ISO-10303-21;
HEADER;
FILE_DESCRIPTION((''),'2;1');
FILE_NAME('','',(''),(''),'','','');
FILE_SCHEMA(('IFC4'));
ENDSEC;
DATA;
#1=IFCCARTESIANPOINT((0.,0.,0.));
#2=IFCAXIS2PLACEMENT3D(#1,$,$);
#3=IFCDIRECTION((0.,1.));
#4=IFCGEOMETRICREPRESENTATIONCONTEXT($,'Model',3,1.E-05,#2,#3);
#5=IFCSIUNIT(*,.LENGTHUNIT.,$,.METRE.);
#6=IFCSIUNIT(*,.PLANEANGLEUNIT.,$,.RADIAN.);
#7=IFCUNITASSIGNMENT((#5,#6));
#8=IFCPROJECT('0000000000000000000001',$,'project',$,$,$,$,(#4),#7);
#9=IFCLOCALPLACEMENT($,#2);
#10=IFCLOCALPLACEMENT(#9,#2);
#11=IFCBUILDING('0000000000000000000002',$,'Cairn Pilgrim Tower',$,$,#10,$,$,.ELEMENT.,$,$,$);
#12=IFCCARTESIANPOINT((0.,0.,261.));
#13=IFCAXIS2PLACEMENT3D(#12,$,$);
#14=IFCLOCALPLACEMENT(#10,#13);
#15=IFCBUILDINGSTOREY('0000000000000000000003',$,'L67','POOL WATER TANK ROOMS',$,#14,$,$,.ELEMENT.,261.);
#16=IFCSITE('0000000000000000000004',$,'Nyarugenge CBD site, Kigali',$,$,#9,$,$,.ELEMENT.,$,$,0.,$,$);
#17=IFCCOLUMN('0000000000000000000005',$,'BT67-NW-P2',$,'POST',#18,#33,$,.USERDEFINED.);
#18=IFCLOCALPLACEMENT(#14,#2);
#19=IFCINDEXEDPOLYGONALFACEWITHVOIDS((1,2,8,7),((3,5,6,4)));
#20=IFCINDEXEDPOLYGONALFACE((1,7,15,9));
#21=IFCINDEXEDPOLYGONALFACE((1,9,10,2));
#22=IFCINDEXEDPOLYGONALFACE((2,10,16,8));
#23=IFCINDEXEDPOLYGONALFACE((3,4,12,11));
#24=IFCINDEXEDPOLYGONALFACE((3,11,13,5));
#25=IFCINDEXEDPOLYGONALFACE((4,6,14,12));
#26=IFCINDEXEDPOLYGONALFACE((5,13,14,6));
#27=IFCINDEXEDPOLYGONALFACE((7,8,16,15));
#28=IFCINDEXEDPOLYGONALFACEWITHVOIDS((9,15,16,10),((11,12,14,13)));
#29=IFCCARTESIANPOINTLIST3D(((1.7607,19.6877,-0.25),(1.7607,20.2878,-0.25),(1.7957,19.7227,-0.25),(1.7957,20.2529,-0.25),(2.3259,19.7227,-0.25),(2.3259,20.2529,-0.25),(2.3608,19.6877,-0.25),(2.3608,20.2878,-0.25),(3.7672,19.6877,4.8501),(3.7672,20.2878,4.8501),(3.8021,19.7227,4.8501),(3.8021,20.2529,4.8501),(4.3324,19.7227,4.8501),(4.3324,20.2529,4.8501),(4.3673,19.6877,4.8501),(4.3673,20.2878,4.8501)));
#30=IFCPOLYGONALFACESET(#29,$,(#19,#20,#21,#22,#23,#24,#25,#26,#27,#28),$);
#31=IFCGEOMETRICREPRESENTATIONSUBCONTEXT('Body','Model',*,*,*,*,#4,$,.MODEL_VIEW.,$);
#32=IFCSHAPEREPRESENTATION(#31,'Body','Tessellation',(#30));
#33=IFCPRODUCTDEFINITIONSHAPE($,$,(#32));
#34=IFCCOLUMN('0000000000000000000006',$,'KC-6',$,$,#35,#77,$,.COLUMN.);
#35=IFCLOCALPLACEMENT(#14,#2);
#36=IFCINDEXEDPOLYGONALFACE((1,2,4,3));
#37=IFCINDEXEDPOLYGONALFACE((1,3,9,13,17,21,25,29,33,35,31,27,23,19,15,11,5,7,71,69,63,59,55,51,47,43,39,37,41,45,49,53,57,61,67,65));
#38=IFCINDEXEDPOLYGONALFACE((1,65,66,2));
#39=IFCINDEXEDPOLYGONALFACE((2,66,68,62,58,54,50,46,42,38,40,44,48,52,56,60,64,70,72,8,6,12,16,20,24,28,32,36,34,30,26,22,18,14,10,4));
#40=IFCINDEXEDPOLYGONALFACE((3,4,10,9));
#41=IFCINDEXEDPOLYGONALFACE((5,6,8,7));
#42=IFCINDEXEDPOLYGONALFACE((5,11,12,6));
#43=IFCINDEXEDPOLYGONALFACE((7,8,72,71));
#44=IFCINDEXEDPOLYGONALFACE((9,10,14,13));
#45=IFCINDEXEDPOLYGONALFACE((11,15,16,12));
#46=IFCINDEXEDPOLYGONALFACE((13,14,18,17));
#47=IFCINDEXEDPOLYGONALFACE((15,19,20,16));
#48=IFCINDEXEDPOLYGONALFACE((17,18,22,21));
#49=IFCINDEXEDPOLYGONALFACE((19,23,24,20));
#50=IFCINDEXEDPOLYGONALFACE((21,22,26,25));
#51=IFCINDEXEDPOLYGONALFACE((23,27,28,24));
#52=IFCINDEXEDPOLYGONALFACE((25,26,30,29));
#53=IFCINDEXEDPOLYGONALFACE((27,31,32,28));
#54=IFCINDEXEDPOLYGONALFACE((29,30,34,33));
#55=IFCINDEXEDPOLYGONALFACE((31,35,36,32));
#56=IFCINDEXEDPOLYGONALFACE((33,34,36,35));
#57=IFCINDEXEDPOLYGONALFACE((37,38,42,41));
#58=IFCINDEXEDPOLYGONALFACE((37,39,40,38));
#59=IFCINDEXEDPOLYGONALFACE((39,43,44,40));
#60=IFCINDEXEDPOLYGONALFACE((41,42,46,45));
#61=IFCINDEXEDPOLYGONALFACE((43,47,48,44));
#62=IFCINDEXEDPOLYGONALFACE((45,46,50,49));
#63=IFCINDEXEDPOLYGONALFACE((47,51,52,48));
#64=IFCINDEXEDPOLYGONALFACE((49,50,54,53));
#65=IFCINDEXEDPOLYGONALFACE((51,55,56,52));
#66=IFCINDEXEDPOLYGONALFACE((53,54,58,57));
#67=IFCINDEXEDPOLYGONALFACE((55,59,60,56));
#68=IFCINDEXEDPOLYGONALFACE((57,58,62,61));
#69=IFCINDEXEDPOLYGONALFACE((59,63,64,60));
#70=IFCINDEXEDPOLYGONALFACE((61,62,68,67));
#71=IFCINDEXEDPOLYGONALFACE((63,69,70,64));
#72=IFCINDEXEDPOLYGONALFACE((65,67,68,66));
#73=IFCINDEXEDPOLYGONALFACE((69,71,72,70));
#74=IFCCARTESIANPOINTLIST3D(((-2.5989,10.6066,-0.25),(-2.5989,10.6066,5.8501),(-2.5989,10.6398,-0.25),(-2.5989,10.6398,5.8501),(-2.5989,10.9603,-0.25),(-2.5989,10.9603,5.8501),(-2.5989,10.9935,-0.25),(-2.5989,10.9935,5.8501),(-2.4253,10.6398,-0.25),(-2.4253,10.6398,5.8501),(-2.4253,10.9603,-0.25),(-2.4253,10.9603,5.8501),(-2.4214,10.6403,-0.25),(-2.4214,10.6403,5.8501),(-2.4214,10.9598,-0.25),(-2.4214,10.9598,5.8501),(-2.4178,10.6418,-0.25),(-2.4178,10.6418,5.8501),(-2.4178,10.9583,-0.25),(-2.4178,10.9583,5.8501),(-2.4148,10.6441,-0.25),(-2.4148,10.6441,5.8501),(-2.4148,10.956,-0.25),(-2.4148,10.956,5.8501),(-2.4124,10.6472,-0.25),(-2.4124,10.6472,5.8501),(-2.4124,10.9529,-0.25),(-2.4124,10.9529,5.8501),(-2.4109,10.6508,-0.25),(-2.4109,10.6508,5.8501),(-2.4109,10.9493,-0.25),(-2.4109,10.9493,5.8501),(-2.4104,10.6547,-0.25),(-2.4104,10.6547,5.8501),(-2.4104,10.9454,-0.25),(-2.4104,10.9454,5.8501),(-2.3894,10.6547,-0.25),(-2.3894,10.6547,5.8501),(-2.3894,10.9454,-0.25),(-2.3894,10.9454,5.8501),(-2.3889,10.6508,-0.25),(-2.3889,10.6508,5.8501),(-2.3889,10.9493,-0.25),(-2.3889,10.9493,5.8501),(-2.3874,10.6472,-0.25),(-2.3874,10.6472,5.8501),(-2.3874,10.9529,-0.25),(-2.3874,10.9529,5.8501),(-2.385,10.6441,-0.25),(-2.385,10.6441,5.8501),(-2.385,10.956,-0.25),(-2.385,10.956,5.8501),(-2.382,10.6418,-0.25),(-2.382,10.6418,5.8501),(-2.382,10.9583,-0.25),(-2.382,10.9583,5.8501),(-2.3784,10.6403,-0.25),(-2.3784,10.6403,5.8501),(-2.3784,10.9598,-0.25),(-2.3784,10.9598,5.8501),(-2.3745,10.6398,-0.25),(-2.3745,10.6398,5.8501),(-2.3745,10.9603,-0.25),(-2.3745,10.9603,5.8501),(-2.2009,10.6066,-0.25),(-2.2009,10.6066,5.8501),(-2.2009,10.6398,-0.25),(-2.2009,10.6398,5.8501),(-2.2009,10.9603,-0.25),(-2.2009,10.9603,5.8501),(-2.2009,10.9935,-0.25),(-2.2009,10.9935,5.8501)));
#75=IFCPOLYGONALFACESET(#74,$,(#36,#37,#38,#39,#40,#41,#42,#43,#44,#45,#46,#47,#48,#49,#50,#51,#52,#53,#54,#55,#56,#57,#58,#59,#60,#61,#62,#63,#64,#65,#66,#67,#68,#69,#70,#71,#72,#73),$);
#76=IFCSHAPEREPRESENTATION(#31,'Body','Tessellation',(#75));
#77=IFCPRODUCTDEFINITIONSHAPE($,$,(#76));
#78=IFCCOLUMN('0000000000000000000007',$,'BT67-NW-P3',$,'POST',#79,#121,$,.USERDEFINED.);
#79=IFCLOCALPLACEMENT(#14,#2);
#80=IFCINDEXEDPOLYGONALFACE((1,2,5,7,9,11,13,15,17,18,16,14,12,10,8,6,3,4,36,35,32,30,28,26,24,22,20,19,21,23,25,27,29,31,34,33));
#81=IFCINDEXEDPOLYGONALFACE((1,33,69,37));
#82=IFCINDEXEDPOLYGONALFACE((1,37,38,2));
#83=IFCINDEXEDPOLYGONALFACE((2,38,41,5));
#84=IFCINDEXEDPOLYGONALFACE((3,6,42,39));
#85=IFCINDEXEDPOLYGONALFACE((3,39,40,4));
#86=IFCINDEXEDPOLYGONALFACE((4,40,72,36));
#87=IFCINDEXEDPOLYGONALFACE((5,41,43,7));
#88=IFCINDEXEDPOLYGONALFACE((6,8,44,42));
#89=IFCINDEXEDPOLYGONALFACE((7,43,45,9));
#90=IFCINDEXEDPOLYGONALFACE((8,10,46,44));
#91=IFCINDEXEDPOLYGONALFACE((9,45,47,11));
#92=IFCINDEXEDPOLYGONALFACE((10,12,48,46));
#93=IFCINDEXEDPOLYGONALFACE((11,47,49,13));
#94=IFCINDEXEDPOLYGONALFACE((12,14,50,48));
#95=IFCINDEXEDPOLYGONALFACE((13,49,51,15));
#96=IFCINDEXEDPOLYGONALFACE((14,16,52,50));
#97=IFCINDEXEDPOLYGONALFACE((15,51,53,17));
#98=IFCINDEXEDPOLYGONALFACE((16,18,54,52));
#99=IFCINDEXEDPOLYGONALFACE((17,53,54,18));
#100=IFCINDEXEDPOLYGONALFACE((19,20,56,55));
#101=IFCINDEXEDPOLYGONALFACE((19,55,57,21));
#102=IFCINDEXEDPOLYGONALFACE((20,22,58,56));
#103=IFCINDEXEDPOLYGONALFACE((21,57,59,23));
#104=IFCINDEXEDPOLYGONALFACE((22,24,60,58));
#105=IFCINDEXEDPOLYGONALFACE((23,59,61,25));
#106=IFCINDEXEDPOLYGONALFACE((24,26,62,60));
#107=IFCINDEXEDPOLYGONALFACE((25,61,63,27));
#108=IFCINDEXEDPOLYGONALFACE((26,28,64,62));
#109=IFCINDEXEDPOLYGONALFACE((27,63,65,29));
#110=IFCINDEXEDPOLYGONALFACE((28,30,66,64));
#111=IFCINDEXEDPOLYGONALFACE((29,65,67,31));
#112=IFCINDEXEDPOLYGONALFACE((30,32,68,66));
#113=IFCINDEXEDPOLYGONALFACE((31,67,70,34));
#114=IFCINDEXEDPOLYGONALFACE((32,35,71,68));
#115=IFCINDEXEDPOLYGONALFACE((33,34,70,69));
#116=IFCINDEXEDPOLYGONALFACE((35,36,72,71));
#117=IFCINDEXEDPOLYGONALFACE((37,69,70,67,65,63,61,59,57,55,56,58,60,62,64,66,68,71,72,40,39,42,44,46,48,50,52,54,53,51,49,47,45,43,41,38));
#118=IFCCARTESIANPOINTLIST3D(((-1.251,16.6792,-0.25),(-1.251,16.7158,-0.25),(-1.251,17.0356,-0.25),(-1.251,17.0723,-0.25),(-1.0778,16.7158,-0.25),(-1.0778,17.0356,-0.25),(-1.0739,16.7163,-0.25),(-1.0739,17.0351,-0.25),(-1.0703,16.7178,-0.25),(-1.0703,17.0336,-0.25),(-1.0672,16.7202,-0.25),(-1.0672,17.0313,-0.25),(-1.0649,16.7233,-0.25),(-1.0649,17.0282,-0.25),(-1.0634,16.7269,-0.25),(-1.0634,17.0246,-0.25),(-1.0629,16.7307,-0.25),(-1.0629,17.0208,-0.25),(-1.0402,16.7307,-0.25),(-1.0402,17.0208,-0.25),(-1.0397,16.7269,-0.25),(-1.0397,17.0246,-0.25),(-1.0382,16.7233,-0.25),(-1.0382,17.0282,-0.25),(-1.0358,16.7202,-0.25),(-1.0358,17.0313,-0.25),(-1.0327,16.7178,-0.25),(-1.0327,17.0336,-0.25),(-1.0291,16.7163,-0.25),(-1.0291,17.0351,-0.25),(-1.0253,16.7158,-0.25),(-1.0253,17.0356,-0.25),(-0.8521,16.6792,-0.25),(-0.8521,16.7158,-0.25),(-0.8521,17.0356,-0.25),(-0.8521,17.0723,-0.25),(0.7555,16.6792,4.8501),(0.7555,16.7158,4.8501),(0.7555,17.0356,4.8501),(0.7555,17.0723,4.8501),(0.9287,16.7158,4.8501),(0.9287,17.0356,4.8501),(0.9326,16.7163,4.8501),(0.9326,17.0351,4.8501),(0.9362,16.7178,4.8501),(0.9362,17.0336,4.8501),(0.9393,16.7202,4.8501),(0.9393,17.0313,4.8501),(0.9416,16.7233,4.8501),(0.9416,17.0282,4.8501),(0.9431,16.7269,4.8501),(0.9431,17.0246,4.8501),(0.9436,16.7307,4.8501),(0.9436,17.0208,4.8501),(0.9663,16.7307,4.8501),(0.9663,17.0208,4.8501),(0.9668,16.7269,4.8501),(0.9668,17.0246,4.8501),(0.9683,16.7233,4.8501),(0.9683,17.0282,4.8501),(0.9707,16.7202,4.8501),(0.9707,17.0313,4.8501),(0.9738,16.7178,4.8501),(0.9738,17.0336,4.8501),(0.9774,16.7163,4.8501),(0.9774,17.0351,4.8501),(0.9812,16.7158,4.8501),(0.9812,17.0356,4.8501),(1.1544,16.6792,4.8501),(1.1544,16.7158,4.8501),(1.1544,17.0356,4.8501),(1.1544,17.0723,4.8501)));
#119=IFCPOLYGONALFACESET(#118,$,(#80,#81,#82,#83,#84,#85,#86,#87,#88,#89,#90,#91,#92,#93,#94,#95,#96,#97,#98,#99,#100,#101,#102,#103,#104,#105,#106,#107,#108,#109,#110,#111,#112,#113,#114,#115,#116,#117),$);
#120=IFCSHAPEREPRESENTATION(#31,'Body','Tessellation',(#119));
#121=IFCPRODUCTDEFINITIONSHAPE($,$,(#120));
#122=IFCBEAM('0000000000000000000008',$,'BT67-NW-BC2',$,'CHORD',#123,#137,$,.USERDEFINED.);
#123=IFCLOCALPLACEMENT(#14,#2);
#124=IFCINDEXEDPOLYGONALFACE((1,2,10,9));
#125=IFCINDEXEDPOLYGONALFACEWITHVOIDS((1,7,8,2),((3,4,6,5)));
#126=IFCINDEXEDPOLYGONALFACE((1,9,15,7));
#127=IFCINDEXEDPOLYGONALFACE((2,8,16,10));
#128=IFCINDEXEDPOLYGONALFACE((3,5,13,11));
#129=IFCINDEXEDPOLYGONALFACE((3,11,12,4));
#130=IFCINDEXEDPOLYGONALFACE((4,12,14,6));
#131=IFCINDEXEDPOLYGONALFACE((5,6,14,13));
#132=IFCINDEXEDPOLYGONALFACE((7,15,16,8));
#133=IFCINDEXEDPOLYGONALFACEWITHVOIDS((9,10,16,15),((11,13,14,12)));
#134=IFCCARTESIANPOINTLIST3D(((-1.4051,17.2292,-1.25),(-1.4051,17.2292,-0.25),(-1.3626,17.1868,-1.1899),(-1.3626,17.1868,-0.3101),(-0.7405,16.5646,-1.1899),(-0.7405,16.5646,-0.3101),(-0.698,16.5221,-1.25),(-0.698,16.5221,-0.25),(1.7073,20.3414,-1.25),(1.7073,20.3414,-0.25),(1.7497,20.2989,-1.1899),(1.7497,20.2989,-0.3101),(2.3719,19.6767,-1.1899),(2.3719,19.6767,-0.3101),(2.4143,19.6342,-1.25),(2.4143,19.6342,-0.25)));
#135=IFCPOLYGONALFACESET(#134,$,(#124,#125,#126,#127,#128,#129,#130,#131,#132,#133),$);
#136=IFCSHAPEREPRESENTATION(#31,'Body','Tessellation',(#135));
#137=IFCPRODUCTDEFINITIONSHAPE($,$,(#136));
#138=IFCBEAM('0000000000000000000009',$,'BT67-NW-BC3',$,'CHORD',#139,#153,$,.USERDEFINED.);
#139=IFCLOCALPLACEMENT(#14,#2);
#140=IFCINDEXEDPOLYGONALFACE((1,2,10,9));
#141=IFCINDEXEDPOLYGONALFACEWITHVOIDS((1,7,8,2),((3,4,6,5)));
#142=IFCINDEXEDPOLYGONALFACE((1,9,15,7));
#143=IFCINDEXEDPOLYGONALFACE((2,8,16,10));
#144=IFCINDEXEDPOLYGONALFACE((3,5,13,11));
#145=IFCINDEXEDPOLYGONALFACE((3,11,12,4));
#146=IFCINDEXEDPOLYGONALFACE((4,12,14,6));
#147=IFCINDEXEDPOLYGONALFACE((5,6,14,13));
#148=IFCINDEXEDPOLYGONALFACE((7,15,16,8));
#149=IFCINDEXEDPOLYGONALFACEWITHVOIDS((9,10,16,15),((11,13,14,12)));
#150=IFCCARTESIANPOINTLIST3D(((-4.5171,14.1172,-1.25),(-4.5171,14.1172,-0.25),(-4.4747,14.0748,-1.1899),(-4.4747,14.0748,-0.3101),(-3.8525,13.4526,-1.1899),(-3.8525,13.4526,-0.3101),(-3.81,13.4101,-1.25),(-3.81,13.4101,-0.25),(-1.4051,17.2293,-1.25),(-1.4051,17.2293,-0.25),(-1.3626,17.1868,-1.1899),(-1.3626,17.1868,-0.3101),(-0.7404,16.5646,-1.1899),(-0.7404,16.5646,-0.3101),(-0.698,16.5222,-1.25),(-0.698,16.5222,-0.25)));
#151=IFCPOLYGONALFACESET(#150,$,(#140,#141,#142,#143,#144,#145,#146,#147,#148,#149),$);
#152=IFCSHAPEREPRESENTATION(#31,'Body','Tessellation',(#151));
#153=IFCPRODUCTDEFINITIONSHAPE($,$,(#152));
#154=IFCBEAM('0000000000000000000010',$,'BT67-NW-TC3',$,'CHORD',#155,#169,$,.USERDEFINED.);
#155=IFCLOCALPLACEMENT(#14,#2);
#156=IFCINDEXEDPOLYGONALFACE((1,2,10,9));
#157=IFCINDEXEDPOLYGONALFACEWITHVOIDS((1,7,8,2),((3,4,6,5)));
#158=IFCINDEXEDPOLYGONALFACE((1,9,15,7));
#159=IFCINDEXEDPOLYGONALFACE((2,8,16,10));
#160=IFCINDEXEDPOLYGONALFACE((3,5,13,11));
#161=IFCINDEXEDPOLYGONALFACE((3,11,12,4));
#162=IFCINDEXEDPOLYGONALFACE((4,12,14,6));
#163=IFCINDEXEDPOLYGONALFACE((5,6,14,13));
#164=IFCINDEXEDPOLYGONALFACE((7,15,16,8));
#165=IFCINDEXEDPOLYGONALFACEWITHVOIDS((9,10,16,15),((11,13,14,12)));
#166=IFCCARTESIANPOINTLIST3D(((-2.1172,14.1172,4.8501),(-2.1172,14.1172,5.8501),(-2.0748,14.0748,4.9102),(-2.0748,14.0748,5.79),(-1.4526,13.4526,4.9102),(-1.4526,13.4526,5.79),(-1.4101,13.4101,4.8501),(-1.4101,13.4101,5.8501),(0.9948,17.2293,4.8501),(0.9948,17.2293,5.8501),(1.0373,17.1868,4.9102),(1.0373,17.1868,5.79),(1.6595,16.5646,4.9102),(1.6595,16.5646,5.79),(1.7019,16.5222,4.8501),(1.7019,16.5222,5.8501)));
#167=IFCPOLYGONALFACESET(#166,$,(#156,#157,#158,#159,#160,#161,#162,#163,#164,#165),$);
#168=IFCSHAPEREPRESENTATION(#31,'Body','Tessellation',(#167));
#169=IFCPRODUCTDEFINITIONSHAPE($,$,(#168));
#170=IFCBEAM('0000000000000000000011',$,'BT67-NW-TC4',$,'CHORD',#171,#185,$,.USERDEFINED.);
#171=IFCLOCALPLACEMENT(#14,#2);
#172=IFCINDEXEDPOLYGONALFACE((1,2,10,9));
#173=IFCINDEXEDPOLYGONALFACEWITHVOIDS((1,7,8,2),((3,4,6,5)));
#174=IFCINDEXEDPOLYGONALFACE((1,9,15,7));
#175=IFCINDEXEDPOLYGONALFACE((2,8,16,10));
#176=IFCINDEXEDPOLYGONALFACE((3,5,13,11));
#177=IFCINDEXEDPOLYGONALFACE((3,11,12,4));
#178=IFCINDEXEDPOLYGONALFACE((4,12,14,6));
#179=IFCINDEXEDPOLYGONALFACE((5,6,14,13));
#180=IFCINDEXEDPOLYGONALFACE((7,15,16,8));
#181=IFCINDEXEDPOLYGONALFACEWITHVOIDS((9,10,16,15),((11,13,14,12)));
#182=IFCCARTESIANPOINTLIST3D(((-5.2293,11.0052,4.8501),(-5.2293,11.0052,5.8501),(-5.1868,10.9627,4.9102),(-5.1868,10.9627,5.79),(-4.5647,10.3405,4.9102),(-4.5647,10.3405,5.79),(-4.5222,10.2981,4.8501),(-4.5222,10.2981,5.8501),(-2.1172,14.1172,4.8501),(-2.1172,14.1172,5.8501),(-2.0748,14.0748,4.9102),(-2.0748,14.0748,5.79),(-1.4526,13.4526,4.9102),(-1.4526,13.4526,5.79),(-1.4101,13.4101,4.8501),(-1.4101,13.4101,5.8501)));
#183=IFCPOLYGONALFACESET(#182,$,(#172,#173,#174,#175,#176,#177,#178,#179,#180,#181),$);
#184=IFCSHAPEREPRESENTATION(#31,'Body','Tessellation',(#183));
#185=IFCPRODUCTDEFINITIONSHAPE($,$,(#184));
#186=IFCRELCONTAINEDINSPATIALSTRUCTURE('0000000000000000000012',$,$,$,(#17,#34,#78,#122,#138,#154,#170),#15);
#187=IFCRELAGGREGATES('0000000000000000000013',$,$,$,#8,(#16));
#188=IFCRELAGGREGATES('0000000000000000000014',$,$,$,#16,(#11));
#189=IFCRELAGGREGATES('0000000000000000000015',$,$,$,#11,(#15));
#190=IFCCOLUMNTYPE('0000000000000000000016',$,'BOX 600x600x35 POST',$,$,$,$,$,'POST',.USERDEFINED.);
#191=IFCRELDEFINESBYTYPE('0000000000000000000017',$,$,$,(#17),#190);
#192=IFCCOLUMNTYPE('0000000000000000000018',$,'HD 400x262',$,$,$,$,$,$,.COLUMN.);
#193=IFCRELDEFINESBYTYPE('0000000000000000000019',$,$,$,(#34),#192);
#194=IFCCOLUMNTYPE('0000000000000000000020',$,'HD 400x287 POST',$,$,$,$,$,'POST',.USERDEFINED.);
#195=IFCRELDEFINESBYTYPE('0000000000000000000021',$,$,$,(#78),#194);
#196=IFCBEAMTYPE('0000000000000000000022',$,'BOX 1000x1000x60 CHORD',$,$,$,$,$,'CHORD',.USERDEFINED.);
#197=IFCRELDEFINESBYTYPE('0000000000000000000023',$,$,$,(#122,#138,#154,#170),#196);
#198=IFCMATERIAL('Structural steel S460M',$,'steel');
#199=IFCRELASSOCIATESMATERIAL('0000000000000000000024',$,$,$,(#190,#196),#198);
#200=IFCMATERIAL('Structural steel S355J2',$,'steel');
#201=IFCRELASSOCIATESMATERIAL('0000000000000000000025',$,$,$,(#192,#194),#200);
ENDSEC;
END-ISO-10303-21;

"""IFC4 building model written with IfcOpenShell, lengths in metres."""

from ifc_helpers import new_model, si_unit, direction, frame, origin, origin_2d, place, context, subcontext, project, spatial, hollow_rectangle, i_section, extrude, clip, halfspace, material, material_profile, profile_set, type_object, element, save


model = new_model("IFC4")

# Units and contexts
model_context = context("Model", 3, precision=1e-05, world=origin(), true_north=direction((0.0, 1.0)))
body_context = subcontext(model_context, "Body", "Model", "MODEL_VIEW")
ifc_project = project(units=[si_unit("LENGTHUNIT", "METRE"), si_unit("PLANEANGLEUNIT", "RADIAN")], contexts=[model_context])

# Site, building, storey
site_placement = place(None, origin())
site = spatial("IfcSite", under=ifc_project, at=site_placement, Name="Nyarugenge CBD site, Kigali", CompositionType="ELEMENT", RefElevation=0.0)
building_placement = place(site_placement, origin())
building = spatial("IfcBuilding", under=site, at=building_placement, Name="Cairn Pilgrim Tower", CompositionType="ELEMENT")
storey_placement = place(building_placement, frame((0.0, 0.0, 261.0)))
storey = spatial("IfcBuildingStorey", under=building, at=storey_placement, Name="L67", Description="POOL WATER TANK ROOMS", CompositionType="ELEMENT", Elevation=261.0)

# Columns
ifc_material_1 = material(Name="Structural steel S460M", Category="steel")
ifc_material_profile_1 = material_profile(ifc_material_1, hollow_rectangle(XDim=0.6001, YDim=0.6001, WallThickness=0.0349, at=origin_2d()), Name="BOX 600x600x35")
ifc_profile_set_1 = profile_set([ifc_material_profile_1], Name="Structural steel S460M")
column_type_1 = type_object("IfcColumnType", Name="BOX 600x600x35 POST", ElementType="POST", PredefinedType="USERDEFINED", material=ifc_profile_set_1)
column_1_placement = place(storey_placement, frame((2.0608, 19.9878, -0.25), z_axis=(0.0, 0.0, 1.0), x_axis=(1.0, 0.0, 0.0)))
element("IfcColumn", 1, at=column_1_placement, inside=storey, type_object=column_type_1, Name="BT67-NW-P2", ObjectType="POST", PredefinedType="USERDEFINED", context=body_context, shape_type="Clipping", body=[
    clip(extrude(hollow_rectangle(XDim=0.6001, YDim=0.6001, WallThickness=0.0349, at=origin_2d()), origin(), (0.366106, 0.0, 0.930573), 6.5552), halfspace(frame((0.0, 0.0, 5.1001), z_axis=(0.0, 0.0, 1.0), x_axis=(1.0, 0.0, 0.0)), False)),
])
ifc_material_2 = material(Name="Structural steel S355J2", Category="steel")
ifc_material_profile_2 = material_profile(ifc_material_2, i_section(OverallWidth=0.3979, OverallDepth=0.387, WebThickness=0.021, FlangeThickness=0.0332, FilletRadius=0.0149, at=origin_2d()), Name="HD 400x262")
ifc_profile_set_2 = profile_set([ifc_material_profile_2], Name="Structural steel S355J2")
column_type_2 = type_object("IfcColumnType", Name="HD 400x262", PredefinedType="COLUMN", material=ifc_profile_set_2)
column_2_placement = place(storey_placement, frame((-2.3999, 10.8, -0.25), z_axis=(0.0, 0.0, 1.0), x_axis=(1.0, 0.0, 0.0)))
element("IfcColumn", 2, at=column_2_placement, inside=storey, type_object=column_type_2, Name="KC-6", PredefinedType="COLUMN", context=body_context, shape_type="SweptSolid", body=[
    extrude(i_section(OverallWidth=0.3979, OverallDepth=0.387, WebThickness=0.021, FlangeThickness=0.0332, FilletRadius=0.0149, at=origin_2d()), origin(), (0.0, 0.0, 1.0), 6.1001),
])
ifc_material_profile_3 = material_profile(ifc_material_2, i_section(OverallWidth=0.3989, OverallDepth=0.3931, WebThickness=0.0227, FlangeThickness=0.0366, FilletRadius=0.0149, at=origin_2d()), Name="HD 400x287")
ifc_profile_set_3 = profile_set([ifc_material_profile_3], Name="Structural steel S355J2")
column_type_3 = type_object("IfcColumnType", Name="HD 400x287 POST", ElementType="POST", PredefinedType="USERDEFINED", material=ifc_profile_set_3)
column_3_placement = place(storey_placement, frame((-1.0515, 16.8757, -0.25), z_axis=(0.0, 0.0, 1.0), x_axis=(1.0, 0.0, 0.0)))
element("IfcColumn", 3, at=column_3_placement, inside=storey, type_object=column_type_3, Name="BT67-NW-P3", ObjectType="POST", PredefinedType="USERDEFINED", context=body_context, shape_type="Clipping", body=[
    clip(extrude(i_section(OverallWidth=0.3989, OverallDepth=0.3931, WebThickness=0.0227, FlangeThickness=0.0366, FilletRadius=0.0149, at=origin_2d()), origin(), (0.366106, 0.0, 0.930573), 6.5552), halfspace(frame((0.0, 0.0, 5.1001), z_axis=(0.0, 0.0, 1.0), x_axis=(1.0, 0.0, 0.0)), False)),
])

# Beams
ifc_material_profile_4 = material_profile(ifc_material_1, hollow_rectangle(XDim=1.0, YDim=1.0, WallThickness=0.0601, at=origin_2d()), Name="BOX 1000x1000x60")
ifc_profile_set_4 = profile_set([ifc_material_profile_4], Name="Structural steel S460M")
beam_type_1 = type_object("IfcBeamType", Name="BOX 1000x1000x60 CHORD", ElementType="CHORD", PredefinedType="USERDEFINED", material=ifc_profile_set_4)
beam_1_placement = place(storey_placement, frame((2.0608, 19.9878, -0.75), z_axis=(-0.707135, -0.707079, 0.0), x_axis=(0.707079, -0.707135, 0.0)))
element("IfcBeam", 4, at=beam_1_placement, inside=storey, type_object=beam_type_1, Name="BT67-NW-BC2", ObjectType="CHORD", PredefinedType="USERDEFINED", context=body_context, shape_type="SweptSolid", body=[
    extrude(hollow_rectangle(XDim=1.0, YDim=1.0, WallThickness=0.0601, at=origin_2d()), origin(), (0.0, 0.0, 1.0), 4.4014),
])
for number, where, z_axis, x_axis, name in (
    (5, (-1.0515, 16.8757, -0.75), (-0.707107, -0.707107, 0.0), (0.707107, -0.707107, 0.0), "BT67-NW-BC3"),
    (6, (1.3484, 16.8757, 5.3501), (-0.707107, -0.707107, 0.0), (0.707107, -0.707107, 0.0), "BT67-NW-TC3"),
    (7, (-1.7637, 13.7637, 5.3501), (-0.707107, -0.707107, 0.0), (0.707107, -0.707107, 0.0), "BT67-NW-TC4"),
):
    element("IfcBeam", number, at=place(storey_placement, frame(where, z_axis=z_axis, x_axis=x_axis)), inside=storey, type_object=beam_type_1, Name=name, ObjectType="CHORD", PredefinedType="USERDEFINED", context=body_context, shape_type="SweptSolid", body=[
        extrude(hollow_rectangle(XDim=1.0, YDim=1.0, WallThickness=0.0601, at=origin_2d()), origin(), (0.0, 0.0, 1.0), 4.4011),
    ])

save(model, "model.ifc")
